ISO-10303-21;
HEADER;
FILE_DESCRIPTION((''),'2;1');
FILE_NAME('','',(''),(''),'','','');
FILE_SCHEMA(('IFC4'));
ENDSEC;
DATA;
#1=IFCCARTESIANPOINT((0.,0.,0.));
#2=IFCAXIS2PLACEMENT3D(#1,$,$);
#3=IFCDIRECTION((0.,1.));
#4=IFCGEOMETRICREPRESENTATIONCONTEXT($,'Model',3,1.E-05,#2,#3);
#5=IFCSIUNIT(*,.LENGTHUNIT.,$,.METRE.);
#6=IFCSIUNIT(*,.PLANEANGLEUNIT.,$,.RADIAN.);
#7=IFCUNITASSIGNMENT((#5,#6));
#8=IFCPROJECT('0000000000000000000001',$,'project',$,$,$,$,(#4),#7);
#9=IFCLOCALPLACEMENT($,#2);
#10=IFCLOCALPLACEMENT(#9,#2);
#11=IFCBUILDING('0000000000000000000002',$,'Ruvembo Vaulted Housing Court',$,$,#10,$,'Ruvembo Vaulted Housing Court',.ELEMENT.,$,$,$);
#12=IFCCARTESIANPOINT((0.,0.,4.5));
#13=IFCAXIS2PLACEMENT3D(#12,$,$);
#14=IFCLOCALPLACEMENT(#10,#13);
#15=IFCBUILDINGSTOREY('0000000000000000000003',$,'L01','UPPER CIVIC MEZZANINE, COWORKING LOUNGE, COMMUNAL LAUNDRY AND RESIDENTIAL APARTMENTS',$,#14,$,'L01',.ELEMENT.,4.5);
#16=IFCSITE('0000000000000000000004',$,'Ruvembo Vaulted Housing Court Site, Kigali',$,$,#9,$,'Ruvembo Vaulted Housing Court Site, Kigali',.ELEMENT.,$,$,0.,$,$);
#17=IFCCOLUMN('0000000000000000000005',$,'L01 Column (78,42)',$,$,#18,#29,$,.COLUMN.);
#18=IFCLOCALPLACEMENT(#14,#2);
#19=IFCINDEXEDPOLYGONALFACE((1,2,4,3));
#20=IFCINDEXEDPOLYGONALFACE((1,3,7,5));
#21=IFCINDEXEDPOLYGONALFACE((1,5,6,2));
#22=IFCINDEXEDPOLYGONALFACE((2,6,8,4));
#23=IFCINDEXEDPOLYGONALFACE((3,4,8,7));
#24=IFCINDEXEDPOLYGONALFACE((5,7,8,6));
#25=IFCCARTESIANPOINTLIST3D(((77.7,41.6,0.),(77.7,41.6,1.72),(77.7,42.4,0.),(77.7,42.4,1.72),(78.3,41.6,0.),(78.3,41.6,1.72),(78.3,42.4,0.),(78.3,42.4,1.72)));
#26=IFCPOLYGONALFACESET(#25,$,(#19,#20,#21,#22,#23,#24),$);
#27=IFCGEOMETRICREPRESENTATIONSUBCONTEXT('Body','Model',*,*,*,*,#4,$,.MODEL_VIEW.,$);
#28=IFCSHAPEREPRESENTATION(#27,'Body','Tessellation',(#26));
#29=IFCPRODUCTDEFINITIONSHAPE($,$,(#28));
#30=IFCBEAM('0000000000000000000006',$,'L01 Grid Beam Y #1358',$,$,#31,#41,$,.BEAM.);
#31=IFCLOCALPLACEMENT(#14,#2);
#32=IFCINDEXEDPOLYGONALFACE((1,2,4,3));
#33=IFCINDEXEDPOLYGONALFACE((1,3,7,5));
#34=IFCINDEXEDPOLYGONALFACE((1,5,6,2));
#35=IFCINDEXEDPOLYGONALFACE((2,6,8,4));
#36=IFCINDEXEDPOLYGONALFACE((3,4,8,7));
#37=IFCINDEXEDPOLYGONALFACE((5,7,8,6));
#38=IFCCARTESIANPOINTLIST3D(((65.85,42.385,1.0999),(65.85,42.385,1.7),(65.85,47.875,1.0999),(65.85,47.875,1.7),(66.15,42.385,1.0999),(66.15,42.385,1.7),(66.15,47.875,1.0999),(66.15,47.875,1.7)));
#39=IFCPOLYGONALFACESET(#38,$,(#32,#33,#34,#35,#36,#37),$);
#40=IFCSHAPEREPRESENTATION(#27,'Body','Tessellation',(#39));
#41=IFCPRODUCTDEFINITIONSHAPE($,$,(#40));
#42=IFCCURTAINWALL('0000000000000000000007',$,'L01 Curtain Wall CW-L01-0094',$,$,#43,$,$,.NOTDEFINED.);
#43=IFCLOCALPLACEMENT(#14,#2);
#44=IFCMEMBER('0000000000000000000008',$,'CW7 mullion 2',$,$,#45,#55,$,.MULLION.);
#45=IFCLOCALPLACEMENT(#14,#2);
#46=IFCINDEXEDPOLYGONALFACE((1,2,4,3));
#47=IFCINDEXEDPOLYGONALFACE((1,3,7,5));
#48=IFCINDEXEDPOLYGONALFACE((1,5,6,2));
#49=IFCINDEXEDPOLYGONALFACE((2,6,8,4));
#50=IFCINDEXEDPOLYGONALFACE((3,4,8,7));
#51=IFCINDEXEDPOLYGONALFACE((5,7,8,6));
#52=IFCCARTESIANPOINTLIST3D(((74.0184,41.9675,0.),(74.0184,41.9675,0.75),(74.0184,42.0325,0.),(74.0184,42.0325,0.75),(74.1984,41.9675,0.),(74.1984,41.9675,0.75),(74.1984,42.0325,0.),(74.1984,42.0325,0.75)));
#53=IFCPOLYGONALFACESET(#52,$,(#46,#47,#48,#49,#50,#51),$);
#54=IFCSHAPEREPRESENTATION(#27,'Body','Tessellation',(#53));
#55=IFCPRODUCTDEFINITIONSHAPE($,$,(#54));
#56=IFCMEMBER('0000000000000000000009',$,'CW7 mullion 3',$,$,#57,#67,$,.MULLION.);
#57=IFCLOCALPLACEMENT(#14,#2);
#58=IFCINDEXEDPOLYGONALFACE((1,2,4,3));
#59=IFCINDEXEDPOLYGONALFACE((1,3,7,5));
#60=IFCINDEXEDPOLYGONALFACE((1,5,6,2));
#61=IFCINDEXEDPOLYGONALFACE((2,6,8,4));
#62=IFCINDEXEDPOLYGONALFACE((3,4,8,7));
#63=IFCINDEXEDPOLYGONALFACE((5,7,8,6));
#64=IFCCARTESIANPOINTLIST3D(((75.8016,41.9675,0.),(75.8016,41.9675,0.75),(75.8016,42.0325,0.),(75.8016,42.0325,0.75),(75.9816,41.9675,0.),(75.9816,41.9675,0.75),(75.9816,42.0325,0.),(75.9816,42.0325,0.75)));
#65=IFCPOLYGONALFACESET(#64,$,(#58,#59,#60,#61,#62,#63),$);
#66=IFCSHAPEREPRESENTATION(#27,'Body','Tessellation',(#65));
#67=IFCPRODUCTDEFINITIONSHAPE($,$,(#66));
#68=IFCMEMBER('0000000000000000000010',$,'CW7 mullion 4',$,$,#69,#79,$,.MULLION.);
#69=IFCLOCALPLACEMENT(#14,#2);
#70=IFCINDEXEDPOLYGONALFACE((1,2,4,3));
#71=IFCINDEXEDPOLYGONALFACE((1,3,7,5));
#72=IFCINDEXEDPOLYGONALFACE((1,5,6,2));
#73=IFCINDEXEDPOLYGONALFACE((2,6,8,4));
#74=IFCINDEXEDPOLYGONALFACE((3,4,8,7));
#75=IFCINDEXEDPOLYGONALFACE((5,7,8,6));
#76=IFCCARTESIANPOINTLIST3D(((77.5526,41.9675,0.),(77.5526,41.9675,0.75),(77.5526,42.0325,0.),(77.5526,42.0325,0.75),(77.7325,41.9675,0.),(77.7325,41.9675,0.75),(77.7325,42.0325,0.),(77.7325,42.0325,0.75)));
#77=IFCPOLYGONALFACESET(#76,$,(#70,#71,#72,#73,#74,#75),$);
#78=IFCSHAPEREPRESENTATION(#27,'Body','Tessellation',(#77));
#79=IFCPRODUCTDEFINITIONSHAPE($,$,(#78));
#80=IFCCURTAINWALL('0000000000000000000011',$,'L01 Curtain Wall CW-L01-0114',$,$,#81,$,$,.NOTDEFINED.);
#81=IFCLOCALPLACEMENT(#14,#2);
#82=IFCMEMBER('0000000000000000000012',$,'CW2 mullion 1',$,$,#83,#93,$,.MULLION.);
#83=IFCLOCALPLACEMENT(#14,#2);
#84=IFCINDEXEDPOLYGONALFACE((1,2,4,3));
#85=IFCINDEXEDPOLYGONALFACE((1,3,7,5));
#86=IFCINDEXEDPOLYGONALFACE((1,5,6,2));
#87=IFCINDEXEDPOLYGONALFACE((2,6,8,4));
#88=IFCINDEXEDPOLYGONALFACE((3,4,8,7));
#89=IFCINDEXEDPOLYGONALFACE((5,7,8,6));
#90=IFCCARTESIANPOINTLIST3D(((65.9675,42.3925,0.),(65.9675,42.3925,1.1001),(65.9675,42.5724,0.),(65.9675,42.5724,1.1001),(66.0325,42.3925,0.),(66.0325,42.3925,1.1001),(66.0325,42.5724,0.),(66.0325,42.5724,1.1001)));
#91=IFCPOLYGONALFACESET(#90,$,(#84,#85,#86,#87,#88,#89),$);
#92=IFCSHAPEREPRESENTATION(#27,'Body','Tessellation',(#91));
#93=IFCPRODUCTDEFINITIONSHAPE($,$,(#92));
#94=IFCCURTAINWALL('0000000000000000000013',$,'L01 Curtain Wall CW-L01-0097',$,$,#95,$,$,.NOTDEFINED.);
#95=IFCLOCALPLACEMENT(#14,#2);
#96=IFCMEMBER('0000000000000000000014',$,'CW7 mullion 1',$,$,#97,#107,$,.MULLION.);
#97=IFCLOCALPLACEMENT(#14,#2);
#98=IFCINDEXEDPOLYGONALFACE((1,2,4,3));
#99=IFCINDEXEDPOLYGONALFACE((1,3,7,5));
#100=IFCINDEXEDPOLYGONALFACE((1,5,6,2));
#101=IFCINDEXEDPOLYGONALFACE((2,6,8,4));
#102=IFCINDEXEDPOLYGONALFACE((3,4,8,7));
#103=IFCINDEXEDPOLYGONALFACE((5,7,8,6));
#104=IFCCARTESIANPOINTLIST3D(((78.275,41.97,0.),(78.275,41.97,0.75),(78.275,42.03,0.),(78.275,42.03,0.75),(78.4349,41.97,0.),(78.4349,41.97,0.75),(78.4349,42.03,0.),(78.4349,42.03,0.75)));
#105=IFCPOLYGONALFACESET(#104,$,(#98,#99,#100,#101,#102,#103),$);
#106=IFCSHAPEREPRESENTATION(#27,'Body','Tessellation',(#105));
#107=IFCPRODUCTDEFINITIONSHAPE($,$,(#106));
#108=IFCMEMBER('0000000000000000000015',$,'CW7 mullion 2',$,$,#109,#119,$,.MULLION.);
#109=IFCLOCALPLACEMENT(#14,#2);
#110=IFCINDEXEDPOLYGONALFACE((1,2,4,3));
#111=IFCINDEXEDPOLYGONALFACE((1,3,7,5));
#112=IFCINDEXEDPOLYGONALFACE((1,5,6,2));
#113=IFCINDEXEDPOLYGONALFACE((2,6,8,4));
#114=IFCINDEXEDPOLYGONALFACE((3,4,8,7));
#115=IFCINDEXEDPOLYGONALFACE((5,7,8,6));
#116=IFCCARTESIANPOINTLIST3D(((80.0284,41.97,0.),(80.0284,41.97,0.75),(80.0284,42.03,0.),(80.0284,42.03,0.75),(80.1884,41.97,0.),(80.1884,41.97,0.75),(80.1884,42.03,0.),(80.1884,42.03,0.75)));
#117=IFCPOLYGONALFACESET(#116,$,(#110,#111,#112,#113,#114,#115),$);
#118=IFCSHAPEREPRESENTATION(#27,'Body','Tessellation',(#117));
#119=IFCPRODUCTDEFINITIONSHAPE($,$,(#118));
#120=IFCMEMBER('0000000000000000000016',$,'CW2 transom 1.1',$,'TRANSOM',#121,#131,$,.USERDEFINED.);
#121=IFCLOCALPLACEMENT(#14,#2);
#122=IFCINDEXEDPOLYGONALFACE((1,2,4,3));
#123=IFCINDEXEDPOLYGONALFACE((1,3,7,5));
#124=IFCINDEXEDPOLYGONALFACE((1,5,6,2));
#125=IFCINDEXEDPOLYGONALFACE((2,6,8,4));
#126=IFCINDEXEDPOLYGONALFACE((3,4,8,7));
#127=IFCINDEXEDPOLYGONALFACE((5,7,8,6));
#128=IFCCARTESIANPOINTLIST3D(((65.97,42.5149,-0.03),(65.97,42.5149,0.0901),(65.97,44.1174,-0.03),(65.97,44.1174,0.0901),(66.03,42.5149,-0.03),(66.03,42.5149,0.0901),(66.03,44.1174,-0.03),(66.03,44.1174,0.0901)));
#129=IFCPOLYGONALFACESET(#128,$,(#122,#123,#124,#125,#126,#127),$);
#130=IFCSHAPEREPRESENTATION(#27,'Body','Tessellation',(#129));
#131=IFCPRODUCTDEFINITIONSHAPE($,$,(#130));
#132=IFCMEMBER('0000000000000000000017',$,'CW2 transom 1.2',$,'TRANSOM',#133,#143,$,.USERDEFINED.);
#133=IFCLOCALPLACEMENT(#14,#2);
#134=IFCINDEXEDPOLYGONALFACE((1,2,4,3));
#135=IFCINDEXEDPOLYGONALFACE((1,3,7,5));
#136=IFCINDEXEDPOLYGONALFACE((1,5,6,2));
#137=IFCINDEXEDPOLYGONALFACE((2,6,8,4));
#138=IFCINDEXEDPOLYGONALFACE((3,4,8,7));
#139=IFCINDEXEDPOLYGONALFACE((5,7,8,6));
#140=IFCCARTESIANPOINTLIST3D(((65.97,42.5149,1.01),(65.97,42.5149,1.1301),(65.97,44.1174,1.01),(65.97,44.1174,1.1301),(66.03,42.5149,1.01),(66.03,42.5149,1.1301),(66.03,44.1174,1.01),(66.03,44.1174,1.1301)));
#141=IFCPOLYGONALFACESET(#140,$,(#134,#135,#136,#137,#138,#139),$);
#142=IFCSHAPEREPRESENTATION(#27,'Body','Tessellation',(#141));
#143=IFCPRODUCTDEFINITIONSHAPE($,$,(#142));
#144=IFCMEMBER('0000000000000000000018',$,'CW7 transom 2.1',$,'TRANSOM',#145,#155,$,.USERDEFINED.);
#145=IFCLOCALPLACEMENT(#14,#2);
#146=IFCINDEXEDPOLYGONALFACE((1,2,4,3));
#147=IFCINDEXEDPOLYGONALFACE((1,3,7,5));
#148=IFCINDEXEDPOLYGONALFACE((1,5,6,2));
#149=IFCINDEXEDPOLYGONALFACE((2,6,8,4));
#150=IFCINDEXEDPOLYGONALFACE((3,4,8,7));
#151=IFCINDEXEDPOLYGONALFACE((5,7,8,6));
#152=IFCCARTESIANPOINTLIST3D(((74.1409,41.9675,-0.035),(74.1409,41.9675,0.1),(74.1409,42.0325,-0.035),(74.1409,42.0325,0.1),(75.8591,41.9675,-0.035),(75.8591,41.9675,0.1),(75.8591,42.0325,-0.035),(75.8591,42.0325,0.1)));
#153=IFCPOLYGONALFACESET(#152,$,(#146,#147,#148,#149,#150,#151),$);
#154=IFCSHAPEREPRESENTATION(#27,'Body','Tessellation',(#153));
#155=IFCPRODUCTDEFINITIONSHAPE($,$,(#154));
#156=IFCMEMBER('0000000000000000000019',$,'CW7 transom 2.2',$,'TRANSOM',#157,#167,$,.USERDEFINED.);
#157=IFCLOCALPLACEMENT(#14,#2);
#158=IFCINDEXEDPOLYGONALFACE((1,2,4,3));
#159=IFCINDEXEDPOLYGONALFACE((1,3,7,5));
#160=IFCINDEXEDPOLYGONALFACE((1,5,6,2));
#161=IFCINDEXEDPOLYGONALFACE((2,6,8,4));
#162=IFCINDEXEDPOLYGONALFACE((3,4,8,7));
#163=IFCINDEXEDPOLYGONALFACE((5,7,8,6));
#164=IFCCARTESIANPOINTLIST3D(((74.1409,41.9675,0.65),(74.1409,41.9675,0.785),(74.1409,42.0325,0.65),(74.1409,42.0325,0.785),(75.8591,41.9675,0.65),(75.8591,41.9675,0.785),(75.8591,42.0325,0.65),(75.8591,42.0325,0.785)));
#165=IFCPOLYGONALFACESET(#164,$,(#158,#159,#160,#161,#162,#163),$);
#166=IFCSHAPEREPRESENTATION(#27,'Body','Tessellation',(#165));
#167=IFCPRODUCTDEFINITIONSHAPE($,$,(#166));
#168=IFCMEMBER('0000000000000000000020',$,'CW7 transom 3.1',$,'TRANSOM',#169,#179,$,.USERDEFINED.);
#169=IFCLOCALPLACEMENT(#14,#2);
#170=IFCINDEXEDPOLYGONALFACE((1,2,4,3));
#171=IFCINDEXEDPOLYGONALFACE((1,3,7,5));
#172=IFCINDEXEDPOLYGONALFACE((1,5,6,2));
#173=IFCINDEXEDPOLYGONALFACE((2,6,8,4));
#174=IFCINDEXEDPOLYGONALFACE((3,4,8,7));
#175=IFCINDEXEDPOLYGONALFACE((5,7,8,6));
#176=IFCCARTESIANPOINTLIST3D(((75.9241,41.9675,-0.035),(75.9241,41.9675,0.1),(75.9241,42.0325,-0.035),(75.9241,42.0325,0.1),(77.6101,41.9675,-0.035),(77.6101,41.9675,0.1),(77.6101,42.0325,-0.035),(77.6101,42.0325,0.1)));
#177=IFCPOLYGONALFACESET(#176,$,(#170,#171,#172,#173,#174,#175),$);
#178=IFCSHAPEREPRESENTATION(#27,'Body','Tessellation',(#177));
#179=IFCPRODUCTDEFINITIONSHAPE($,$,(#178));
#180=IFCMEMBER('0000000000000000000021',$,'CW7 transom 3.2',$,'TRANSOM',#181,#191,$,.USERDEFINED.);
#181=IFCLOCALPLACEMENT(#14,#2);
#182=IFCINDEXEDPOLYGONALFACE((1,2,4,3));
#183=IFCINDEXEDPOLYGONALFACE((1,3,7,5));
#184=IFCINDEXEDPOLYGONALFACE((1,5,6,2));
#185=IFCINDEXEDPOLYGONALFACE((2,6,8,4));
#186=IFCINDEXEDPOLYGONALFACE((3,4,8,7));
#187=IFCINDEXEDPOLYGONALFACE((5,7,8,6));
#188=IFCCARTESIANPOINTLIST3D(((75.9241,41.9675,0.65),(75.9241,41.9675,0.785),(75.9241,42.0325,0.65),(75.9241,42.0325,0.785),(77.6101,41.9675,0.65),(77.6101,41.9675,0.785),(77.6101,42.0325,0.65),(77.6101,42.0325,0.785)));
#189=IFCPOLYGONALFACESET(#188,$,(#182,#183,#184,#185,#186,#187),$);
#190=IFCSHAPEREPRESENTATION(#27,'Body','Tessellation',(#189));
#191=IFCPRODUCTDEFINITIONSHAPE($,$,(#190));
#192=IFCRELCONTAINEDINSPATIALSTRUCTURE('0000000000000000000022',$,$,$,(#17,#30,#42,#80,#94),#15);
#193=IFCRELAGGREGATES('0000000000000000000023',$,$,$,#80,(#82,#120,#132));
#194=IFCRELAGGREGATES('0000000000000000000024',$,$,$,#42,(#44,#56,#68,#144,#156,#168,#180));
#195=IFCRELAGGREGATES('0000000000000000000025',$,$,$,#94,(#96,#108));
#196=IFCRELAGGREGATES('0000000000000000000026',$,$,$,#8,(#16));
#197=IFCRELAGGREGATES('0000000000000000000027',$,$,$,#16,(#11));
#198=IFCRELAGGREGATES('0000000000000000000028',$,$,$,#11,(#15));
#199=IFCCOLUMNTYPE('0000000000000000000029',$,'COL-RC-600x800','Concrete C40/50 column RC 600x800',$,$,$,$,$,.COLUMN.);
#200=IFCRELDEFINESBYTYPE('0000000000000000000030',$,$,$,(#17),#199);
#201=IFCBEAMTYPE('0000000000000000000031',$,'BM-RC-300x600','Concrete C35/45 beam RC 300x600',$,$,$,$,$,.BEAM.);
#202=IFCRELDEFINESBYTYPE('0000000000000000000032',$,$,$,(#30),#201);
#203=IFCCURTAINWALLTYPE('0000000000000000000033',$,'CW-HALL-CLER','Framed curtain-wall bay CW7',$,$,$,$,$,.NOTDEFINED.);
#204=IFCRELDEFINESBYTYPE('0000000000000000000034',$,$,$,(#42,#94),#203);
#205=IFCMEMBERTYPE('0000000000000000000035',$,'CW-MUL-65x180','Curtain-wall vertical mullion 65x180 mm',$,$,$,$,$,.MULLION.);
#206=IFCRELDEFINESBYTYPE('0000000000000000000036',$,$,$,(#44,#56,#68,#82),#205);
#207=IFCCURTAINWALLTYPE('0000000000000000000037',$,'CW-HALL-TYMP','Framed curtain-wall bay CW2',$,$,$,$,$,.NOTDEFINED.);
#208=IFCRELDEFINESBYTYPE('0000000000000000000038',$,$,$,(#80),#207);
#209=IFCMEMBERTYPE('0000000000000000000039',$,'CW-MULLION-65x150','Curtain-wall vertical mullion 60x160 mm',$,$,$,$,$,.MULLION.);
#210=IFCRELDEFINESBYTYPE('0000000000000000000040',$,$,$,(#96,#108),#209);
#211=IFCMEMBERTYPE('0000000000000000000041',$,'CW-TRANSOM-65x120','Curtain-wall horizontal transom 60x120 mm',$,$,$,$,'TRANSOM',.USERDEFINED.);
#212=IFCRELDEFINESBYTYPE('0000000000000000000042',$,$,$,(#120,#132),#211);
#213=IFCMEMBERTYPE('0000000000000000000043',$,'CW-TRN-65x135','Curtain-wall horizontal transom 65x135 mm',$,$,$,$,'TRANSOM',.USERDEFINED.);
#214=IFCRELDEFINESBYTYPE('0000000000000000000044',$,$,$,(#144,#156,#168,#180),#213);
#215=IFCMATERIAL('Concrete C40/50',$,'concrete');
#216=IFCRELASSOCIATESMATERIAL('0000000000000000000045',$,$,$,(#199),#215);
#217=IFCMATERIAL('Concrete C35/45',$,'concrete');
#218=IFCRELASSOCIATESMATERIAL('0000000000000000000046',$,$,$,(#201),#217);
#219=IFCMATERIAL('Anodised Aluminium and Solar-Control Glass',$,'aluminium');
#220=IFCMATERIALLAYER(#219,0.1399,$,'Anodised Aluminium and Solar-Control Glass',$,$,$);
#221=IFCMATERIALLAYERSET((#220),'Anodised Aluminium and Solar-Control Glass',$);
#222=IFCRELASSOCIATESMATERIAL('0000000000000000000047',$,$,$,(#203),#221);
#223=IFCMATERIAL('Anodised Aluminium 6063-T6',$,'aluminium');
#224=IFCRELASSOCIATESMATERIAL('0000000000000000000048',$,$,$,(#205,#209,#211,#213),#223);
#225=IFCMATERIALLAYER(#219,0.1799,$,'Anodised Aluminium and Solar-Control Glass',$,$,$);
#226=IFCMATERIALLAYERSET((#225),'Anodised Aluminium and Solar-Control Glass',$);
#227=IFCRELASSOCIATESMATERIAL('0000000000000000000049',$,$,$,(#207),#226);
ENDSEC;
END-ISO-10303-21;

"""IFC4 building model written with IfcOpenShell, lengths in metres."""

from ifc_helpers import new_model, si_unit, direction, frame, origin, origin_2d, place, context, subcontext, project, spatial, rectangle, extrude, material, layer, layer_set, material_profile, profile_set, type_object, element, aggregate, save


model = new_model("IFC4")

# Units and contexts
model_context = context("Model", 3, precision=1e-05, world=origin(), true_north=direction((0.0, 1.0)))
body_context = subcontext(model_context, "Body", "Model", "MODEL_VIEW")
ifc_project = project(units=[si_unit("LENGTHUNIT", "METRE"), si_unit("PLANEANGLEUNIT", "RADIAN")], contexts=[model_context])

# Site, building, storey
site_placement = place(None, origin())
site = spatial("IfcSite", under=ifc_project, at=site_placement, Name="Ruvembo Vaulted Housing Court Site, Kigali", LongName="Ruvembo Vaulted Housing Court Site, Kigali", CompositionType="ELEMENT", RefElevation=0.0)
building_placement = place(site_placement, origin())
building = spatial("IfcBuilding", under=site, at=building_placement, Name="Ruvembo Vaulted Housing Court", LongName="Ruvembo Vaulted Housing Court", CompositionType="ELEMENT")
storey_placement = place(building_placement, frame((0.0, 0.0, 4.5)))
storey = spatial("IfcBuildingStorey", under=building, at=storey_placement, Name="L01", Description="UPPER CIVIC MEZZANINE, COWORKING LOUNGE, COMMUNAL LAUNDRY AND RESIDENTIAL APARTMENTS", LongName="L01", CompositionType="ELEMENT", Elevation=4.5)

# Column
ifc_material_1 = material(Name="Concrete C40/50", Category="concrete")
ifc_material_profile_1 = material_profile(ifc_material_1, rectangle(XDim=0.6001, YDim=0.8, at=origin_2d()), Name="RC 600x800")
ifc_profile_set_1 = profile_set([ifc_material_profile_1], Name="Concrete C40/50")
column_type = type_object("IfcColumnType", Name="COL-RC-600x800", Description="Concrete C40/50 column RC 600x800", PredefinedType="COLUMN", material=ifc_profile_set_1)
column_placement = place(storey_placement, frame((78.0, 42.0, 0.0), z_axis=(0.0, 0.0, 1.0), x_axis=(1.0, 0.0, 0.0)))
element("IfcColumn", 1, at=column_placement, inside=storey, type_object=column_type, Name="L01 Column (78,42)", PredefinedType="COLUMN", context=body_context, shape_type="SweptSolid", body=[
    extrude(rectangle(XDim=0.6001, YDim=0.8, at=origin_2d()), origin(), (0.0, 0.0, 1.0), 1.72),
])

# Beam
ifc_material_2 = material(Name="Concrete C35/45", Category="concrete")
ifc_material_profile_2 = material_profile(ifc_material_2, rectangle(XDim=0.3, YDim=0.6001, at=origin_2d()), Name="RC 300x600")
ifc_profile_set_2 = profile_set([ifc_material_profile_2], Name="Concrete C35/45")
beam_type_1 = type_object("IfcBeamType", Name="BM-RC-300x600", Description="Concrete C35/45 beam RC 300x600", PredefinedType="BEAM", material=ifc_profile_set_2)
beam_1_placement = place(storey_placement, frame((66.0, 42.385, 1.3999), z_axis=(0.0, 1.0, 0.0), x_axis=(-1.0, 0.0, 0.0)))
element("IfcBeam", 2, at=beam_1_placement, inside=storey, type_object=beam_type_1, Name="L01 Grid Beam Y #1358", PredefinedType="BEAM", context=body_context, shape_type="SweptSolid", body=[
    extrude(rectangle(XDim=0.3, YDim=0.6001, at=origin_2d()), origin(), (0.0, 0.0, 1.0), 5.49),
])

# Curtain wall, members
ifc_material_3 = material(Name="Anodised Aluminium and Solar-Control Glass", Category="aluminium")
ifc_layer_1 = layer(ifc_material_3, 0.1399, Name="Anodised Aluminium and Solar-Control Glass")
ifc_layer_set_1 = layer_set([ifc_layer_1], Name="Anodised Aluminium and Solar-Control Glass")
curtain_wall_type_1 = type_object("IfcCurtainWallType", Name="CW-HALL-CLER", Description="Framed curtain-wall bay CW7", PredefinedType="NOTDEFINED", material=ifc_layer_set_1)
curtain_wall_1_placement = place(storey_placement, origin())
curtain_wall_1 = element("IfcCurtainWall", 3, at=curtain_wall_1_placement, inside=storey, type_object=curtain_wall_type_1, Name="L01 Curtain Wall CW-L01-0094", PredefinedType="NOTDEFINED")
ifc_material_4 = material(Name="Anodised Aluminium 6063-T6", Category="aluminium")
ifc_material_profile_3 = material_profile(ifc_material_4, rectangle(XDim=0.0649, YDim=0.1799, at=origin_2d()), Name="ALU 65x180")
ifc_profile_set_3 = profile_set([ifc_material_profile_3], Name="Anodised Aluminium 6063-T6")
member_type_1 = type_object("IfcMemberType", Name="CW-MUL-65x180", Description="Curtain-wall vertical mullion 65x180 mm", PredefinedType="MULLION", material=ifc_profile_set_3)
member_1_placement = place(storey_placement, frame((74.1084, 42.0, 0.0), z_axis=(0.0, 0.0, 1.0), x_axis=(0.0, 1.0, 0.0)))
member_1 = element("IfcMember", 4, at=member_1_placement, type_object=member_type_1, Name="CW7 mullion 2", PredefinedType="MULLION", context=body_context, shape_type="SweptSolid", body=[
    extrude(rectangle(XDim=0.0649, YDim=0.1799, at=origin_2d()), origin(), (0.0, 0.0, 1.0), 0.75),
])
member_2_placement = place(storey_placement, frame((75.8916, 42.0, 0.0), z_axis=(0.0, 0.0, 1.0), x_axis=(0.0, 1.0, 0.0)))
member_2 = element("IfcMember", 5, at=member_2_placement, type_object=member_type_1, Name="CW7 mullion 3", PredefinedType="MULLION", context=body_context, shape_type="SweptSolid", body=[
    extrude(rectangle(XDim=0.0649, YDim=0.1799, at=origin_2d()), origin(), (0.0, 0.0, 1.0), 0.75),
])
member_3_placement = place(storey_placement, frame((77.6426, 42.0, 0.0), z_axis=(0.0, 0.0, 1.0), x_axis=(0.0, 1.0, 0.0)))
member_3 = element("IfcMember", 6, at=member_3_placement, type_object=member_type_1, Name="CW7 mullion 4", PredefinedType="MULLION", context=body_context, shape_type="SweptSolid", body=[
    extrude(rectangle(XDim=0.0649, YDim=0.1799, at=origin_2d()), origin(), (0.0, 0.0, 1.0), 0.75),
])

# Curtain wall, member
ifc_layer_2 = layer(ifc_material_3, 0.1799, Name="Anodised Aluminium and Solar-Control Glass")
ifc_layer_set_2 = layer_set([ifc_layer_2], Name="Anodised Aluminium and Solar-Control Glass")
curtain_wall_type_2 = type_object("IfcCurtainWallType", Name="CW-HALL-TYMP", Description="Framed curtain-wall bay CW2", PredefinedType="NOTDEFINED", material=ifc_layer_set_2)
curtain_wall_2_placement = place(storey_placement, origin())
curtain_wall_2 = element("IfcCurtainWall", 7, at=curtain_wall_2_placement, inside=storey, type_object=curtain_wall_type_2, Name="L01 Curtain Wall CW-L01-0114", PredefinedType="NOTDEFINED")
member_4_placement = place(storey_placement, frame((66.0, 42.4824, 0.0), z_axis=(0.0, 0.0, 1.0), x_axis=(-1.0, 0.0, 0.0)))
member_4 = element("IfcMember", 8, at=member_4_placement, type_object=member_type_1, Name="CW2 mullion 1", PredefinedType="MULLION", context=body_context, shape_type="SweptSolid", body=[
    extrude(rectangle(XDim=0.0649, YDim=0.1799, at=origin_2d()), origin(), (0.0, 0.0, 1.0), 1.1001),
])

# Curtain wall, members
curtain_wall_3_placement = place(storey_placement, origin())
curtain_wall_3 = element("IfcCurtainWall", 9, at=curtain_wall_3_placement, inside=storey, type_object=curtain_wall_type_1, Name="L01 Curtain Wall CW-L01-0097", PredefinedType="NOTDEFINED")
ifc_material_profile_4 = material_profile(ifc_material_4, rectangle(XDim=0.0601, YDim=0.1599, at=origin_2d()), Name="ALU 60x160")
ifc_profile_set_4 = profile_set([ifc_material_profile_4], Name="Anodised Aluminium 6063-T6")
member_type_2 = type_object("IfcMemberType", Name="CW-MULLION-65x150", Description="Curtain-wall vertical mullion 60x160 mm", PredefinedType="MULLION", material=ifc_profile_set_4)
member_5_placement = place(storey_placement, frame((78.355, 42.0, 0.0), z_axis=(0.0, 0.0, 1.0), x_axis=(0.0, 1.0, 0.0)))
member_5 = element("IfcMember", 10, at=member_5_placement, type_object=member_type_2, Name="CW7 mullion 1", PredefinedType="MULLION", context=body_context, shape_type="SweptSolid", body=[
    extrude(rectangle(XDim=0.0601, YDim=0.1599, at=origin_2d()), origin(), (0.0, 0.0, 1.0), 0.75),
])
member_6_placement = place(storey_placement, frame((80.1084, 42.0, 0.0), z_axis=(0.0, 0.0, 1.0), x_axis=(0.0, 1.0, 0.0)))
member_6 = element("IfcMember", 11, at=member_6_placement, type_object=member_type_2, Name="CW7 mullion 2", PredefinedType="MULLION", context=body_context, shape_type="SweptSolid", body=[
    extrude(rectangle(XDim=0.0601, YDim=0.1599, at=origin_2d()), origin(), (0.0, 0.0, 1.0), 0.75),
])

# Members
ifc_material_profile_5 = material_profile(ifc_material_4, rectangle(XDim=0.0601, YDim=0.1201, at=origin_2d()), Name="ALU 60x120")
ifc_profile_set_5 = profile_set([ifc_material_profile_5], Name="Anodised Aluminium 6063-T6")
member_type_3 = type_object("IfcMemberType", Name="CW-TRANSOM-65x120", Description="Curtain-wall horizontal transom 60x120 mm", ElementType="TRANSOM", PredefinedType="USERDEFINED", material=ifc_profile_set_5)
member_7_placement = place(storey_placement, frame((66.0, 42.5149, 0.03), z_axis=(0.0, 1.0, 0.0), x_axis=(-1.0, 0.0, 0.0)))
member_7 = element("IfcMember", 12, at=member_7_placement, type_object=member_type_3, Name="CW2 transom 1.1", ObjectType="TRANSOM", PredefinedType="USERDEFINED", context=body_context, shape_type="SweptSolid", body=[
    extrude(rectangle(XDim=0.0601, YDim=0.1201, at=origin_2d()), origin(), (0.0, 0.0, 1.0), 1.6025),
])
member_8_placement = place(storey_placement, frame((66.0, 42.5149, 1.0701), z_axis=(0.0, 1.0, 0.0), x_axis=(-1.0, 0.0, 0.0)))
member_8 = element("IfcMember", 13, at=member_8_placement, type_object=member_type_3, Name="CW2 transom 1.2", ObjectType="TRANSOM", PredefinedType="USERDEFINED", context=body_context, shape_type="SweptSolid", body=[
    extrude(rectangle(XDim=0.0601, YDim=0.1201, at=origin_2d()), origin(), (0.0, 0.0, 1.0), 1.6025),
])
ifc_material_profile_6 = material_profile(ifc_material_4, rectangle(XDim=0.0649, YDim=0.135, at=origin_2d()), Name="ALU 65x135")
ifc_profile_set_6 = profile_set([ifc_material_profile_6], Name="Anodised Aluminium 6063-T6")
member_type_4 = type_object("IfcMemberType", Name="CW-TRN-65x135", Description="Curtain-wall horizontal transom 65x135 mm", ElementType="TRANSOM", PredefinedType="USERDEFINED", material=ifc_profile_set_6)
member_9_placement = place(storey_placement, frame((74.1409, 42.0, 0.0325), z_axis=(1.0, 0.0, 0.0), x_axis=(0.0, 1.0, 0.0)))
member_9 = element("IfcMember", 14, at=member_9_placement, type_object=member_type_4, Name="CW7 transom 2.1", ObjectType="TRANSOM", PredefinedType="USERDEFINED", context=body_context, shape_type="SweptSolid", body=[
    extrude(rectangle(XDim=0.0649, YDim=0.135, at=origin_2d()), origin(), (0.0, 0.0, 1.0), 1.7183),
])
member_10_placement = place(storey_placement, frame((74.1409, 42.0, 0.7175), z_axis=(1.0, 0.0, 0.0), x_axis=(0.0, 1.0, 0.0)))
member_10 = element("IfcMember", 15, at=member_10_placement, type_object=member_type_4, Name="CW7 transom 2.2", ObjectType="TRANSOM", PredefinedType="USERDEFINED", context=body_context, shape_type="SweptSolid", body=[
    extrude(rectangle(XDim=0.0649, YDim=0.135, at=origin_2d()), origin(), (0.0, 0.0, 1.0), 1.7183),
])
member_11_placement = place(storey_placement, frame((75.9241, 42.0, 0.0325), z_axis=(1.0, 0.0, 0.0), x_axis=(0.0, 1.0, 0.0)))
member_11 = element("IfcMember", 16, at=member_11_placement, type_object=member_type_4, Name="CW7 transom 3.1", ObjectType="TRANSOM", PredefinedType="USERDEFINED", context=body_context, shape_type="SweptSolid", body=[
    extrude(rectangle(XDim=0.0649, YDim=0.135, at=origin_2d()), origin(), (0.0, 0.0, 1.0), 1.686),
])
member_12_placement = place(storey_placement, frame((75.9241, 42.0, 0.7175), z_axis=(1.0, 0.0, 0.0), x_axis=(0.0, 1.0, 0.0)))
member_12 = element("IfcMember", 17, at=member_12_placement, type_object=member_type_4, Name="CW7 transom 3.2", ObjectType="TRANSOM", PredefinedType="USERDEFINED", context=body_context, shape_type="SweptSolid", body=[
    extrude(rectangle(XDim=0.0649, YDim=0.135, at=origin_2d()), origin(), (0.0, 0.0, 1.0), 1.686),
])

aggregate(curtain_wall_2, [member_4, member_7, member_8])
aggregate(curtain_wall_1, [member_1, member_2, member_3, member_9, member_10, member_11, member_12])
aggregate(curtain_wall_3, [member_5, member_6])

save(model, "model.ifc")
